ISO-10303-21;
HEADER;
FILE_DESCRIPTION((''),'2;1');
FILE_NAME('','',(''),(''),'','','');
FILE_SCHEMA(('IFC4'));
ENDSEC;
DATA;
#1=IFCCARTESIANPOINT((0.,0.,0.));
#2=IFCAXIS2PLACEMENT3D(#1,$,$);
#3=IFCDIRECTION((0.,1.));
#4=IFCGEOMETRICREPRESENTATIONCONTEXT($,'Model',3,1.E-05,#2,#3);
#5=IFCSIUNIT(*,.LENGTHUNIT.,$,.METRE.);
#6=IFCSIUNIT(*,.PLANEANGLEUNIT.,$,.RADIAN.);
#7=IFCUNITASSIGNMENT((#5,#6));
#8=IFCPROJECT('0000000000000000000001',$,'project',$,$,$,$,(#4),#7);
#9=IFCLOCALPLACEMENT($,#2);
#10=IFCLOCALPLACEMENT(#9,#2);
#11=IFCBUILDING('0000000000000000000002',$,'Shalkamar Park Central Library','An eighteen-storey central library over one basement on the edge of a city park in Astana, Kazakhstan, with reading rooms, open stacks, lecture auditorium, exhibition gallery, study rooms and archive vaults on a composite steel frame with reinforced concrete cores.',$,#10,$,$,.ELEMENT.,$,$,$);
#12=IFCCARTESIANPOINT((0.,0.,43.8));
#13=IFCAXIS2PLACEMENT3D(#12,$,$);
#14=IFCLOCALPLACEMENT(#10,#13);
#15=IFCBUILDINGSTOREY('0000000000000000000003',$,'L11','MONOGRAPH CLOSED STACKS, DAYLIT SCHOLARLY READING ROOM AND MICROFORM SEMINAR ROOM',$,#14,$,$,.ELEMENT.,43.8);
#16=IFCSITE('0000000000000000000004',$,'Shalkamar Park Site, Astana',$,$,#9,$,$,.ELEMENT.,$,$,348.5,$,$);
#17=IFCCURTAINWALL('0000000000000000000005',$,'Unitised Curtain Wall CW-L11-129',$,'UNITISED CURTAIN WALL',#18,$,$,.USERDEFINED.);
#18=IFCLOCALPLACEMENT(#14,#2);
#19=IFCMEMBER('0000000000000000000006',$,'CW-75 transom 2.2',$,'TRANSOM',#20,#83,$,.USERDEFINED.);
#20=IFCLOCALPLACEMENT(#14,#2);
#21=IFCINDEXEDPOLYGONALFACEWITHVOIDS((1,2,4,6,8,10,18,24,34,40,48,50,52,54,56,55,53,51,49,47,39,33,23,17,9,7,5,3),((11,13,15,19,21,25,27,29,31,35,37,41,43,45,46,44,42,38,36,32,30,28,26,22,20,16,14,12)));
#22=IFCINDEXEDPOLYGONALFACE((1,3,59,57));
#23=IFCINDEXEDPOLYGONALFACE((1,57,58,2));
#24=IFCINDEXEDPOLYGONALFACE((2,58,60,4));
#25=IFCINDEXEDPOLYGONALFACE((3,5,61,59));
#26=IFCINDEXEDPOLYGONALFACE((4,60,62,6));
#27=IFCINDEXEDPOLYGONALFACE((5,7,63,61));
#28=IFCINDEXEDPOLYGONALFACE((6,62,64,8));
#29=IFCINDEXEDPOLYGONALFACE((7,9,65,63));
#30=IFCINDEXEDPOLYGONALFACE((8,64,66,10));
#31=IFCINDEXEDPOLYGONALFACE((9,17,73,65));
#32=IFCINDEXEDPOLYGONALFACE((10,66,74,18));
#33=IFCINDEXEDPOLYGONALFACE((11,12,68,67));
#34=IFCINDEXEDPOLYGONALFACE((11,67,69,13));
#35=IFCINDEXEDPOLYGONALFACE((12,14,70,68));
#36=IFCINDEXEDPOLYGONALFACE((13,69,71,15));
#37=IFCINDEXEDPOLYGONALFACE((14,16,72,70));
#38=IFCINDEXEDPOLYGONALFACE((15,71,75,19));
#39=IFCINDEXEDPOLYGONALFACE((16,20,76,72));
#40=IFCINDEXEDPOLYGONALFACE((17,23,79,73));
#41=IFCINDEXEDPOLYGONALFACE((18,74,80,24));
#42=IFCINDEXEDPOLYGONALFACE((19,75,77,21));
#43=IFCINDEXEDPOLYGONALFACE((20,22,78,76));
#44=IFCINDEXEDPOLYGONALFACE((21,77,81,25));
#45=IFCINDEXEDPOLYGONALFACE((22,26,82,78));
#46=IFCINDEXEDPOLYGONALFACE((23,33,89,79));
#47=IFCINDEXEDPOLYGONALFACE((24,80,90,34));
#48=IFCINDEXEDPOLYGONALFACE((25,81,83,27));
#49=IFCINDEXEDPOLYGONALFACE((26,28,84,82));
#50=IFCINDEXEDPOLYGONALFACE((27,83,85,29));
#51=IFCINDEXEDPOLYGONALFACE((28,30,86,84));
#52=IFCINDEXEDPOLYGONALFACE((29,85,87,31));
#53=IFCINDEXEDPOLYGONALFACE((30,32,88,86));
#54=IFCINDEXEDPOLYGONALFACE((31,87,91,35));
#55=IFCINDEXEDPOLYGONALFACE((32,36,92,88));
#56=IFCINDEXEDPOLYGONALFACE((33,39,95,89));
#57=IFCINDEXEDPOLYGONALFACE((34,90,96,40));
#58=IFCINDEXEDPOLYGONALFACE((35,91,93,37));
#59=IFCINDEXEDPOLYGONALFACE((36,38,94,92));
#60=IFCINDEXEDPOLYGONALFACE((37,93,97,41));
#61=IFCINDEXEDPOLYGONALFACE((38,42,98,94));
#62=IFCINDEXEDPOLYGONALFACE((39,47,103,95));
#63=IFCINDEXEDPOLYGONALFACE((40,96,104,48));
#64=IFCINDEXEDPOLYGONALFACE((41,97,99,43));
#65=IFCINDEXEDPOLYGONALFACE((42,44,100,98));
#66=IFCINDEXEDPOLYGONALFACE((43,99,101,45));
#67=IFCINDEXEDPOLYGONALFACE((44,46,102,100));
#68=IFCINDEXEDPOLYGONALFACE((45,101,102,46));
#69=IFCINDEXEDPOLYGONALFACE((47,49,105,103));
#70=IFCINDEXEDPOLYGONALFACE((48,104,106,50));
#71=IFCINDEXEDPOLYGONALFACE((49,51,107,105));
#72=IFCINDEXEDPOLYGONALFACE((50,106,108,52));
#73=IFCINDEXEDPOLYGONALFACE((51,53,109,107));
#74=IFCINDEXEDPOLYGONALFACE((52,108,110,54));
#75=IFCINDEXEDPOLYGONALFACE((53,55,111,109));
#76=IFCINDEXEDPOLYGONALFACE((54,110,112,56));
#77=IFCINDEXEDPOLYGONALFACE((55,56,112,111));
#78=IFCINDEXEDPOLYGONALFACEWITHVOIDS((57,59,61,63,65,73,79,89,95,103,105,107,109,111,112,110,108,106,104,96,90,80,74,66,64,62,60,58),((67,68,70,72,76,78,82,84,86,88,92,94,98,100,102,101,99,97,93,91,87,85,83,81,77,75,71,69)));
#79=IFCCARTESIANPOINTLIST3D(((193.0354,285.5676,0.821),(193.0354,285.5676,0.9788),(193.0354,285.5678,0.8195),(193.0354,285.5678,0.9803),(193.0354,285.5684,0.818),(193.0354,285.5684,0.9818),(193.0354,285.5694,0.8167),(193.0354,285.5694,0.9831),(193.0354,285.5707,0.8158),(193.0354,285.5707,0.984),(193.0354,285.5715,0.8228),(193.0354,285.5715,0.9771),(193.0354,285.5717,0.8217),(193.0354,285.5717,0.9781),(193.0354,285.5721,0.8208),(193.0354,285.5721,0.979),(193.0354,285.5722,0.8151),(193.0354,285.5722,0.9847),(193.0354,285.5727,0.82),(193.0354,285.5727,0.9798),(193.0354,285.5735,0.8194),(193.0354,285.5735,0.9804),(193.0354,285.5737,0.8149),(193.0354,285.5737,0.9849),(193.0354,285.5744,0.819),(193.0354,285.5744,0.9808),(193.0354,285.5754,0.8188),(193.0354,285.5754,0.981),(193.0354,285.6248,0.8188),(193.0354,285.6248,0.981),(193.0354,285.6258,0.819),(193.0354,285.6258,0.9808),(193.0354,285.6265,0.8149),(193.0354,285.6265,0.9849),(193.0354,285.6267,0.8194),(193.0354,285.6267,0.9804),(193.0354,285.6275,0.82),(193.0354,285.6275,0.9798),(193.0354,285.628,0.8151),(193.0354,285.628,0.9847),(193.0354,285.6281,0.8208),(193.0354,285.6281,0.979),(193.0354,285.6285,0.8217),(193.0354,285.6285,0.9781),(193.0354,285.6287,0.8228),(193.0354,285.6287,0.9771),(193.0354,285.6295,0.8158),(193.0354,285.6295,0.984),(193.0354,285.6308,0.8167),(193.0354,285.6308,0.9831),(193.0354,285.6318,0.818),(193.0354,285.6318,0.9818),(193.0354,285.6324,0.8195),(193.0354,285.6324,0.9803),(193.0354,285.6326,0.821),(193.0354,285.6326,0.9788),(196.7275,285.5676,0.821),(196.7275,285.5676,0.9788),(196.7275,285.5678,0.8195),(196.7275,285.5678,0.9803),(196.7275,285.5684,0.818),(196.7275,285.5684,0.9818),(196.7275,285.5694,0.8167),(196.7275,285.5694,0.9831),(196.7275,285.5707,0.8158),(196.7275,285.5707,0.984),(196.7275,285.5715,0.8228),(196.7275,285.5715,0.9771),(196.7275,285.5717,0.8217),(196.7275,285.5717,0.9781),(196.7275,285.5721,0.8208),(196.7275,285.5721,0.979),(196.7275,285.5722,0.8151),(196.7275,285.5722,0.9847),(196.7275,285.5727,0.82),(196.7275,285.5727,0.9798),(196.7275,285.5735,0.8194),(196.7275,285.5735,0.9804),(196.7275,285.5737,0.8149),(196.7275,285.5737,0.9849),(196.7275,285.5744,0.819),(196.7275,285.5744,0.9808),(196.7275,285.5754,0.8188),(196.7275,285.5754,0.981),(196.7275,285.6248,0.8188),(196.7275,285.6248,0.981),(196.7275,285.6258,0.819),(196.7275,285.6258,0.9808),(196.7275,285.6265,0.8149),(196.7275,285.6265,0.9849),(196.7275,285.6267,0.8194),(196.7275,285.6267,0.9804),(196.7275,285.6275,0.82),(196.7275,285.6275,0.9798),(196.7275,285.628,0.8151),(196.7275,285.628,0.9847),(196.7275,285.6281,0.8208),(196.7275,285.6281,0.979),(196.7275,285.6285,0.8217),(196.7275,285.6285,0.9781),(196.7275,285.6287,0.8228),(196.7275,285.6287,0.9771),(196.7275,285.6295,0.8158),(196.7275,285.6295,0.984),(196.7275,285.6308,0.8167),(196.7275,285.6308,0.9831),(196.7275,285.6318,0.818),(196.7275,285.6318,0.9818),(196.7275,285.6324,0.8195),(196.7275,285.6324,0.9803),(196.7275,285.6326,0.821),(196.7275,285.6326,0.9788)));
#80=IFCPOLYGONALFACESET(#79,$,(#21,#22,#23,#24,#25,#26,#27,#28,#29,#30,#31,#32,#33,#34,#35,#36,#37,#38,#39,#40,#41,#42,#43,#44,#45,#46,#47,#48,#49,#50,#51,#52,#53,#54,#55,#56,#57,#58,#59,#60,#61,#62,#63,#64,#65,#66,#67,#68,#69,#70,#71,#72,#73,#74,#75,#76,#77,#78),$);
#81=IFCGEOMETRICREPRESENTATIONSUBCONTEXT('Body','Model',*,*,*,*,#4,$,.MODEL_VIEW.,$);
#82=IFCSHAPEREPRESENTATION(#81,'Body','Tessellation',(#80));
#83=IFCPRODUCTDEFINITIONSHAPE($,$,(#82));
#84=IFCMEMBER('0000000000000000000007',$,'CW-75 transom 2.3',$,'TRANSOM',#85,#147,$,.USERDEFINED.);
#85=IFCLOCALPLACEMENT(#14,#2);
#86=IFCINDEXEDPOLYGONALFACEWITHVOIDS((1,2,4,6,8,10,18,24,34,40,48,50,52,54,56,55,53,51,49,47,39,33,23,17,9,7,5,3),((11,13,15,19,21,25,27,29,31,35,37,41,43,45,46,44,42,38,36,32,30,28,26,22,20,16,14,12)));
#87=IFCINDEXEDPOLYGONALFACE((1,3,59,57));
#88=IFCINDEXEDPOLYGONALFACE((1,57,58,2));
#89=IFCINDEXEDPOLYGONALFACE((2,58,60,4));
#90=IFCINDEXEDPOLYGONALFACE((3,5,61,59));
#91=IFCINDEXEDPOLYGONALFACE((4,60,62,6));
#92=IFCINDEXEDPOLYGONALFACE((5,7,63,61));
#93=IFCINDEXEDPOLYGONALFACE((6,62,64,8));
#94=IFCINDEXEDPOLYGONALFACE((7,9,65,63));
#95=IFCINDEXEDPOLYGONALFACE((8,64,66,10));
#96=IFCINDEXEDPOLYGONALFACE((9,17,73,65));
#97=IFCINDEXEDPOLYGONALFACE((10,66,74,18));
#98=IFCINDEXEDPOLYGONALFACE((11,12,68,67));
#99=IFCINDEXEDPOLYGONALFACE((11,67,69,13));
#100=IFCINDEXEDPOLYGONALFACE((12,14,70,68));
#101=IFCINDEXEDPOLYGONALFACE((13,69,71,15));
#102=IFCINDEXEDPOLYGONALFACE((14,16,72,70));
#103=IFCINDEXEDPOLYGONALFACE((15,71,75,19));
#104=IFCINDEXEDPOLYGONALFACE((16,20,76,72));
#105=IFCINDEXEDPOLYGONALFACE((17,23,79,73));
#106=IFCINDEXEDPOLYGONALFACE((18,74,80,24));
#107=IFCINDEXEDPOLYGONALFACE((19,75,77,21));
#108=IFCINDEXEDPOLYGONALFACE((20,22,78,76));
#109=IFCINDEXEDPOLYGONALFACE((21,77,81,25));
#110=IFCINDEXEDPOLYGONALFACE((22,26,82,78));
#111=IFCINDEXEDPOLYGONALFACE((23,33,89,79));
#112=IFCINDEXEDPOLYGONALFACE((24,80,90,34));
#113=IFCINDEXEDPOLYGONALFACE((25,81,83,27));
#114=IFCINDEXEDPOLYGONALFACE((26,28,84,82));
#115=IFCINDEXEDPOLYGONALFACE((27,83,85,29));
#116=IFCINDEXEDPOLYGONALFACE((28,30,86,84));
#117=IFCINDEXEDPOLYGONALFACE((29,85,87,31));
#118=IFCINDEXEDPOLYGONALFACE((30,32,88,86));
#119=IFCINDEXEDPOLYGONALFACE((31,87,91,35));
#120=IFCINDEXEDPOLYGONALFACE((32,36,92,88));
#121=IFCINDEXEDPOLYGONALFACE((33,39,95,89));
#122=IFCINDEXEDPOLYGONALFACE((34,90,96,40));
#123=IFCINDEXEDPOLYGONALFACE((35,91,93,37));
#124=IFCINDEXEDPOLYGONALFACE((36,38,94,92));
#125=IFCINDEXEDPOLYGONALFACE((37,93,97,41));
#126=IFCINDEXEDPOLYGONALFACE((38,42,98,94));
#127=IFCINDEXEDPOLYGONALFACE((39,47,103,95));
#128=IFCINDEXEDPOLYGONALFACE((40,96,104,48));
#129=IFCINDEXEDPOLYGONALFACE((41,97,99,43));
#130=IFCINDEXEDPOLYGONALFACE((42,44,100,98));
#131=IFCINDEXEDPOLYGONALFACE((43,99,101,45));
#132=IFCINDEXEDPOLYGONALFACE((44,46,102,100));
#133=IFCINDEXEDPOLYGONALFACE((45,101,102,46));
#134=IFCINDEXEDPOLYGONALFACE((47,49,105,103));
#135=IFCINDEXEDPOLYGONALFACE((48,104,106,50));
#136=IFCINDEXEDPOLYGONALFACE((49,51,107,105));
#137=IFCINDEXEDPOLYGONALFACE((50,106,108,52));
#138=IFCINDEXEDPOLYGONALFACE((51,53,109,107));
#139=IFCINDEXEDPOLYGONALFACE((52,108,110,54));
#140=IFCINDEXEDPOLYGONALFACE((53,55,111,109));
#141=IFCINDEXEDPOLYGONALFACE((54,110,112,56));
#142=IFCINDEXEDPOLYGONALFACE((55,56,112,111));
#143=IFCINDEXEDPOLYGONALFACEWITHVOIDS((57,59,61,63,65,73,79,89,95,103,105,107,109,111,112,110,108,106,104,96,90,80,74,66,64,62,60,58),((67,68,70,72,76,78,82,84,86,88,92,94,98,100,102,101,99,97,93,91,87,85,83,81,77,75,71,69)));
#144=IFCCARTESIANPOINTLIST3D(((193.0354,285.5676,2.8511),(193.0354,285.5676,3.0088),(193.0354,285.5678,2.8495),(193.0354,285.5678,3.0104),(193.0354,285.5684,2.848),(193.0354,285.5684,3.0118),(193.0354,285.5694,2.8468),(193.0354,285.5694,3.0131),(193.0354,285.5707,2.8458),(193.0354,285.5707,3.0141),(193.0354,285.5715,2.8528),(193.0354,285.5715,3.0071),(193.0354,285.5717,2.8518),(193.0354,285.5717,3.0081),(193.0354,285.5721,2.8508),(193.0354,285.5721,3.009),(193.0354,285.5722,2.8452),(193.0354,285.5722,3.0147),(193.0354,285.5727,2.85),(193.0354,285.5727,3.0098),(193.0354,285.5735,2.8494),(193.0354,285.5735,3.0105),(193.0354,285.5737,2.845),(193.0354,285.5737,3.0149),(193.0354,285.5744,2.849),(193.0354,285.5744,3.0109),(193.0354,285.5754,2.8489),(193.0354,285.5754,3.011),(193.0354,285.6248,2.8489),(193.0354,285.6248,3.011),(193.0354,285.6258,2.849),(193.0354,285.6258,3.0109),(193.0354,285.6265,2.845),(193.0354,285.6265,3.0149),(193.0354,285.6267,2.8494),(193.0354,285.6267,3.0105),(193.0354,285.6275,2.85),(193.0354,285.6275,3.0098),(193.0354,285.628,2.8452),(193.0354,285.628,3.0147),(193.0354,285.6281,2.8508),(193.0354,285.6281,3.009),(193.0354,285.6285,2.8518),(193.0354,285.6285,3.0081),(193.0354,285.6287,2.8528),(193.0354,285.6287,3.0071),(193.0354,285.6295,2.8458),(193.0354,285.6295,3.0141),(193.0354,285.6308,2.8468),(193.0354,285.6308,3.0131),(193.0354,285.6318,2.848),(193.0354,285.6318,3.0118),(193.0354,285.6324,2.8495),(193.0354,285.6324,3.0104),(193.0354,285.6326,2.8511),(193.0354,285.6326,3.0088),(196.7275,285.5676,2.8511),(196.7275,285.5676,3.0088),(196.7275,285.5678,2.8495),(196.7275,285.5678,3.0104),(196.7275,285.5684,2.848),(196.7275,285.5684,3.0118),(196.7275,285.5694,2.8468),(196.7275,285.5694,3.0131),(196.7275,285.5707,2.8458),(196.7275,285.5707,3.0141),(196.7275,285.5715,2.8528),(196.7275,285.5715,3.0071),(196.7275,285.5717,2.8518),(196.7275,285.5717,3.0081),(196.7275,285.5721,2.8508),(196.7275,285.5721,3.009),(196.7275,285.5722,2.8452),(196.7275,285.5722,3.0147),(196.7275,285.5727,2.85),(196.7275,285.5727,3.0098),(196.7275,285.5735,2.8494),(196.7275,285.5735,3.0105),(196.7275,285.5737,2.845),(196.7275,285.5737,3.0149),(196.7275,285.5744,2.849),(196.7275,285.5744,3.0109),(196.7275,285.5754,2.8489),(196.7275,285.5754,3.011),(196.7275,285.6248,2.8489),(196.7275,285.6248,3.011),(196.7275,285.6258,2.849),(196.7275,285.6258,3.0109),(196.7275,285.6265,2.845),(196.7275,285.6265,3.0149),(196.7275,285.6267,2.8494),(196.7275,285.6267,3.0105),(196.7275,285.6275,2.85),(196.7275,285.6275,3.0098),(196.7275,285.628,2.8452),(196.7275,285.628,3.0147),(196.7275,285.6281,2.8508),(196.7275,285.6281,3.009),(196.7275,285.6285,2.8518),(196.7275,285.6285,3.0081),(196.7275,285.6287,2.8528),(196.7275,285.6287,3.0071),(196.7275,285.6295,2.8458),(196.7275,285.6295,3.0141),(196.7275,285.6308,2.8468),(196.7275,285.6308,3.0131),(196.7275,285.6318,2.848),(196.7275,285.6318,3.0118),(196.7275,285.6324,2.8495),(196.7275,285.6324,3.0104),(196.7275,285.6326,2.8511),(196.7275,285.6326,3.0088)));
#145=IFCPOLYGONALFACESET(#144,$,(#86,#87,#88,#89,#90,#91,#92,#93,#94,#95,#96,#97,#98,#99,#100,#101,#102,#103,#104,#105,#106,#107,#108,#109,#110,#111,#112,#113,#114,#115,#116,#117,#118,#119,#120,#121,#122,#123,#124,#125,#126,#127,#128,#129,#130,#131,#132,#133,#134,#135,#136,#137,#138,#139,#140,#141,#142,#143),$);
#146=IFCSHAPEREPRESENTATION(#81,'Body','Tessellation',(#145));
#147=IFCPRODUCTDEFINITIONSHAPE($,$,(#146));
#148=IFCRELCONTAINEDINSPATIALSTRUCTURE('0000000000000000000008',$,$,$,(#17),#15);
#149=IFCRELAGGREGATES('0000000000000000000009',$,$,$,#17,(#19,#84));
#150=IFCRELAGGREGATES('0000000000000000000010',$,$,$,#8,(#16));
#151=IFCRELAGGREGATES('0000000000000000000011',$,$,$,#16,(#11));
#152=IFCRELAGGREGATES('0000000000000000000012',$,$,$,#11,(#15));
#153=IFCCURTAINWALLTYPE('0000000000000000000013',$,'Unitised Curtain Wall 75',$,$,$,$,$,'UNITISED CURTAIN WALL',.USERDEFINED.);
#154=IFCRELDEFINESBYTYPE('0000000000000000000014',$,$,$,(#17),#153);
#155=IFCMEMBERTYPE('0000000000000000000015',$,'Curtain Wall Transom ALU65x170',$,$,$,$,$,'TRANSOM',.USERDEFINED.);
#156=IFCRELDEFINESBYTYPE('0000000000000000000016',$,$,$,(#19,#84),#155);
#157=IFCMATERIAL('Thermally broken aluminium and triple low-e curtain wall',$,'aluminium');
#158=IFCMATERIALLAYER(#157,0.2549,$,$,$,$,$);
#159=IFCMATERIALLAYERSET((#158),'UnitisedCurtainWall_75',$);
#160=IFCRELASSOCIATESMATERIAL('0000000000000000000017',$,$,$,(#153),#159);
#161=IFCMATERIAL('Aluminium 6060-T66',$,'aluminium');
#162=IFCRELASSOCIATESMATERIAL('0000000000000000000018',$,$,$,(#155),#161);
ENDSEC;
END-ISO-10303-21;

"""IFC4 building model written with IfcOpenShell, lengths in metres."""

from ifc_helpers import new_model, si_unit, direction, frame, origin, origin_2d, place, context, subcontext, project, spatial, hollow_rectangle, extrude, material, layer, layer_set, material_profile, profile_set, type_object, element, aggregate, save


model = new_model("IFC4")

# Units and contexts
model_context = context("Model", 3, precision=1e-05, world=origin(), true_north=direction((0.0, 1.0)))
body_context = subcontext(model_context, "Body", "Model", "MODEL_VIEW")
ifc_project = project(units=[si_unit("LENGTHUNIT", "METRE"), si_unit("PLANEANGLEUNIT", "RADIAN")], contexts=[model_context])

# Site, building, storey
site_placement = place(None, origin())
site = spatial("IfcSite", under=ifc_project, at=site_placement, Name="Shalkamar Park Site, Astana", CompositionType="ELEMENT", RefElevation=348.5)
building_placement = place(site_placement, origin())
building = spatial("IfcBuilding", under=site, at=building_placement, Name="Shalkamar Park Central Library", Description="An eighteen-storey central library over one basement on the edge of a city park in Astana, Kazakhstan, with reading rooms, open stacks, lecture auditorium, exhibition gallery, study rooms and archive vaults on a composite steel frame with reinforced concrete cores.", CompositionType="ELEMENT")
storey_placement = place(building_placement, frame((0.0, 0.0, 43.8)))
storey = spatial("IfcBuildingStorey", under=building, at=storey_placement, Name="L11", Description="MONOGRAPH CLOSED STACKS, DAYLIT SCHOLARLY READING ROOM AND MICROFORM SEMINAR ROOM", CompositionType="ELEMENT", Elevation=43.8)

# Curtain wall
ifc_material_1 = material(Name="Thermally broken aluminium and triple low-e curtain wall", Category="aluminium")
ifc_layer_1 = layer(ifc_material_1, 0.2549)
ifc_layer_set_1 = layer_set([ifc_layer_1], Name="UnitisedCurtainWall_75")
curtain_wall_type_1 = type_object("IfcCurtainWallType", Name="Unitised Curtain Wall 75", ElementType="UNITISED CURTAIN WALL", PredefinedType="USERDEFINED", material=ifc_layer_set_1)
curtain_wall_1_placement = place(storey_placement, origin())
curtain_wall_1 = element("IfcCurtainWall", 1, at=curtain_wall_1_placement, inside=storey, type_object=curtain_wall_type_1, Name="Unitised Curtain Wall CW-L11-129", ObjectType="UNITISED CURTAIN WALL", PredefinedType="USERDEFINED")
ifc_material_2 = material(Name="Aluminium 6060-T66", Category="aluminium")

# Members
ifc_material_profile_1 = material_profile(ifc_material_2, hollow_rectangle(XDim=0.0649, YDim=0.1699, WallThickness=0.0039, InnerFilletRadius=0.0039, OuterFilletRadius=0.0061, at=origin_2d()), Name="ALU 65x170x4")
ifc_profile_set_1 = profile_set([ifc_material_profile_1], Name="Aluminium 6060-T66")
member_type_1 = type_object("IfcMemberType", Name="Curtain Wall Transom ALU65x170", ElementType="TRANSOM", PredefinedType="USERDEFINED", material=ifc_profile_set_1)
member_1_placement = place(storey_placement, frame((193.0354, 285.6001, 0.8999), z_axis=(1.0, 0.0, 0.0), x_axis=(0.0, 1.0, 0.0)))
member_1 = element("IfcMember", 2, at=member_1_placement, type_object=member_type_1, Name="CW-75 transom 2.2", ObjectType="TRANSOM", PredefinedType="USERDEFINED", context=body_context, shape_type="SweptSolid", body=[
    extrude(hollow_rectangle(XDim=0.0649, YDim=0.1699, WallThickness=0.0039, InnerFilletRadius=0.0039, OuterFilletRadius=0.0061, at=origin_2d()), origin(), (0.0, 0.0, 1.0), 3.6921),
])
member_2_placement = place(storey_placement, frame((193.0354, 285.6001, 2.9299), z_axis=(1.0, 0.0, 0.0), x_axis=(0.0, 1.0, 0.0)))
member_2 = element("IfcMember", 3, at=member_2_placement, type_object=member_type_1, Name="CW-75 transom 2.3", ObjectType="TRANSOM", PredefinedType="USERDEFINED", context=body_context, shape_type="SweptSolid", body=[
    extrude(hollow_rectangle(XDim=0.0649, YDim=0.1699, WallThickness=0.0039, InnerFilletRadius=0.0039, OuterFilletRadius=0.0061, at=origin_2d()), origin(), (0.0, 0.0, 1.0), 3.6921),
])

aggregate(curtain_wall_1, [member_1, member_2])

save(model, "model.ifc")
